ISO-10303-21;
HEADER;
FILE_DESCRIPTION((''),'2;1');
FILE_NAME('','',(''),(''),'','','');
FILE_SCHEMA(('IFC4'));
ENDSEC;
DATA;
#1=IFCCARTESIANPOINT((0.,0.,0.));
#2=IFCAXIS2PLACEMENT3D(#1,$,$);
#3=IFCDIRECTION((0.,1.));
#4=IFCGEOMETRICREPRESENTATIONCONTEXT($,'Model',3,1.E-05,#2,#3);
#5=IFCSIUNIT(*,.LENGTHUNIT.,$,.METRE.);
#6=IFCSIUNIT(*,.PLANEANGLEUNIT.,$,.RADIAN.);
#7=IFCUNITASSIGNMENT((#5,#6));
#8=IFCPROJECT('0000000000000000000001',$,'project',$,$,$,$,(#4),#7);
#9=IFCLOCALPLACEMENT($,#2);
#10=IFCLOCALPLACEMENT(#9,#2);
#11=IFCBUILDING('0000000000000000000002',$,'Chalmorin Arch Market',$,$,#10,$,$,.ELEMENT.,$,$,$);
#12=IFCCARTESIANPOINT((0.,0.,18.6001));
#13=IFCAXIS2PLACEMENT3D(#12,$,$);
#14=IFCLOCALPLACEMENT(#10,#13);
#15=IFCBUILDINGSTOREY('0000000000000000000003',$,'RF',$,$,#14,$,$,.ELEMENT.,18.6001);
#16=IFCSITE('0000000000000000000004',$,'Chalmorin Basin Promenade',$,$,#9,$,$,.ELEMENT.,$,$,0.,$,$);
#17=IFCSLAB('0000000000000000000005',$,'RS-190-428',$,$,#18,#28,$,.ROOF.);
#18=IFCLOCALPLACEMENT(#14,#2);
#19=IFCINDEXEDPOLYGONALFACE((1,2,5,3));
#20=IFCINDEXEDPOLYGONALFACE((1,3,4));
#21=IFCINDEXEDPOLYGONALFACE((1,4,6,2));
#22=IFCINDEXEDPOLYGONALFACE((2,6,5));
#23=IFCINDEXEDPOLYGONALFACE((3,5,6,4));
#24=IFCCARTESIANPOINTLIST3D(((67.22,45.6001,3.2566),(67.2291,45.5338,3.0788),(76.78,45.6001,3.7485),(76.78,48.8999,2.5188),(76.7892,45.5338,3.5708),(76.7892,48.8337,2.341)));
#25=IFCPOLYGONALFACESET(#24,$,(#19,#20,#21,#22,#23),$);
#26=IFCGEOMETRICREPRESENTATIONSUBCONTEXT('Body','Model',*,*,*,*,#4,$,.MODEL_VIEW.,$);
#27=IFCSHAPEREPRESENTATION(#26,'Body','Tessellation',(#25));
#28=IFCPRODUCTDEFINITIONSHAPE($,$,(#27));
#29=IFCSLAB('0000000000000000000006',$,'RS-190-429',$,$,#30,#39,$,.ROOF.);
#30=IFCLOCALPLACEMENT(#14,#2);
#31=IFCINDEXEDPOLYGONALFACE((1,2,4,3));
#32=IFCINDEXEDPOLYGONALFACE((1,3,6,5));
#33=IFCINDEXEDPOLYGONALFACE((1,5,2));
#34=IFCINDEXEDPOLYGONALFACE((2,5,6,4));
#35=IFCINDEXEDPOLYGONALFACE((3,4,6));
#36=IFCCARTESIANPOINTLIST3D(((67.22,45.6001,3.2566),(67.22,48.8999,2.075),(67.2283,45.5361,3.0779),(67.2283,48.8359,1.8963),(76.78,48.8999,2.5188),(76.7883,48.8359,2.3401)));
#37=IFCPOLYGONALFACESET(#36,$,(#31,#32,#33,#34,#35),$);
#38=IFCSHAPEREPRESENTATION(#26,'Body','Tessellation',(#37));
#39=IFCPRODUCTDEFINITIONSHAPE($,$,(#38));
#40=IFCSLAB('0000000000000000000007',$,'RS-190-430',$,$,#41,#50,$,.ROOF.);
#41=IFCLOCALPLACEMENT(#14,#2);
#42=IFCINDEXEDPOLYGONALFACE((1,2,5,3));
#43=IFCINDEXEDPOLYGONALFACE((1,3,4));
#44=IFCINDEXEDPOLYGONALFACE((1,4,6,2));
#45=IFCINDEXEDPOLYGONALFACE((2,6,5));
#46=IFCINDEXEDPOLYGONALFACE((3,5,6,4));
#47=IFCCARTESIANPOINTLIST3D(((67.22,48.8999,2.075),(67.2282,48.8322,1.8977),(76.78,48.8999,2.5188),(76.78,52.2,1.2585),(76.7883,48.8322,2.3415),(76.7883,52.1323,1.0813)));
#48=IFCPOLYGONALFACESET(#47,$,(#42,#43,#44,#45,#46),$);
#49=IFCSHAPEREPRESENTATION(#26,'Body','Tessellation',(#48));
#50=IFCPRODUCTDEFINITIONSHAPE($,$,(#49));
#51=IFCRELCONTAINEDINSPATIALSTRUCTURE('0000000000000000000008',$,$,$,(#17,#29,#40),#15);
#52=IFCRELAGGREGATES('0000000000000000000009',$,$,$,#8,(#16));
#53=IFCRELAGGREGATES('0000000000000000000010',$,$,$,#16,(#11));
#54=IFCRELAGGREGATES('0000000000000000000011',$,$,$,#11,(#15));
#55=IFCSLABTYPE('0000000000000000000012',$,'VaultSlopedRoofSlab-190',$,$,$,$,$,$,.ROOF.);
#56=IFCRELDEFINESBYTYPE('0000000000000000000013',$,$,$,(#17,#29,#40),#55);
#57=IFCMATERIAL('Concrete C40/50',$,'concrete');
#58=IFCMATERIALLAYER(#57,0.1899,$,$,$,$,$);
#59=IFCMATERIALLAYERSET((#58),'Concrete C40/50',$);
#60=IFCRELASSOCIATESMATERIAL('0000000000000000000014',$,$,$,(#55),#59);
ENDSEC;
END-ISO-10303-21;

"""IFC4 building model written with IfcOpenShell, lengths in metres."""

from ifc_helpers import new_model, si_unit, direction, frame, origin, place, context, subcontext, project, spatial, polyline, outline, extrude, material, layer, layer_set, type_object, element, save


model = new_model("IFC4")

# Units and contexts
model_context = context("Model", 3, precision=1e-05, world=origin(), true_north=direction((0.0, 1.0)))
body_context = subcontext(model_context, "Body", "Model", "MODEL_VIEW")
ifc_project = project(units=[si_unit("LENGTHUNIT", "METRE"), si_unit("PLANEANGLEUNIT", "RADIAN")], contexts=[model_context])

# Site, building, storey
site_placement = place(None, origin())
site = spatial("IfcSite", under=ifc_project, at=site_placement, Name="Chalmorin Basin Promenade", CompositionType="ELEMENT", RefElevation=0.0)
building_placement = place(site_placement, origin())
building = spatial("IfcBuilding", under=site, at=building_placement, Name="Chalmorin Arch Market", CompositionType="ELEMENT")
storey_placement = place(building_placement, frame((0.0, 0.0, 18.6001)))
storey = spatial("IfcBuildingStorey", under=building, at=storey_placement, Name="RF", CompositionType="ELEMENT", Elevation=18.6001)

# Slabs
ifc_material_1 = material(Name="Concrete C40/50", Category="concrete")
ifc_layer_1 = layer(ifc_material_1, 0.1899)
ifc_layer_set_1 = layer_set([ifc_layer_1], Name="Concrete C40/50")
slab_type = type_object("IfcSlabType", Name="VaultSlopedRoofSlab-190", PredefinedType="ROOF", material=ifc_layer_set_1)
slab_1_placement = place(storey_placement, frame((67.22, 45.6001, 3.2566), z_axis=(-0.048163, 0.348803, 0.935958), x_axis=(0.998679, 0.0, 0.05139)))
element("IfcSlab", 1, at=slab_1_placement, inside=storey, type_object=slab_type, Name="RS-190-428", PredefinedType="ROOF", context=body_context, shape_type="SweptSolid", body=[
    extrude(outline(polyline([(0.0, 0.0), (9.5727, 0.0), (9.5095, 3.5209), (0.0, 0.0)])), origin(), (0.0, 0.0, -1.0), 0.1899),
])
slab_2_placement = place(storey_placement, frame((67.22, 45.6001, 3.2566), z_axis=(-0.043668, 0.336809, 0.94056), x_axis=(0.942769, 0.325412, -0.072758)))
element("IfcSlab", 2, at=slab_2_placement, inside=storey, type_object=slab_type, Name="RS-190-429", PredefinedType="ROOF", context=body_context, shape_type="SweptSolid", body=[
    extrude(outline(polyline([(0.0, 0.0), (10.1404, 0.0), (1.1598, 3.3076), (0.0, 0.0)])), origin(), (0.0, 0.0, -1.0), 0.1899),
])
slab_3_placement = place(storey_placement, frame((67.22, 48.8999, 2.075), z_axis=(-0.043331, 0.356425, 0.933319), x_axis=(0.998924, 0.0, 0.046377)))
element("IfcSlab", 3, at=slab_3_placement, inside=storey, type_object=slab_type, Name="RS-190-430", PredefinedType="ROOF", context=body_context, shape_type="SweptSolid", body=[
    extrude(outline(polyline([(0.0, 0.0), (9.5704, 0.0), (9.5119, 3.532), (0.0, 0.0)])), origin(), (0.0, 0.0, -1.0), 0.1899),
])

save(model, "model.ifc")
